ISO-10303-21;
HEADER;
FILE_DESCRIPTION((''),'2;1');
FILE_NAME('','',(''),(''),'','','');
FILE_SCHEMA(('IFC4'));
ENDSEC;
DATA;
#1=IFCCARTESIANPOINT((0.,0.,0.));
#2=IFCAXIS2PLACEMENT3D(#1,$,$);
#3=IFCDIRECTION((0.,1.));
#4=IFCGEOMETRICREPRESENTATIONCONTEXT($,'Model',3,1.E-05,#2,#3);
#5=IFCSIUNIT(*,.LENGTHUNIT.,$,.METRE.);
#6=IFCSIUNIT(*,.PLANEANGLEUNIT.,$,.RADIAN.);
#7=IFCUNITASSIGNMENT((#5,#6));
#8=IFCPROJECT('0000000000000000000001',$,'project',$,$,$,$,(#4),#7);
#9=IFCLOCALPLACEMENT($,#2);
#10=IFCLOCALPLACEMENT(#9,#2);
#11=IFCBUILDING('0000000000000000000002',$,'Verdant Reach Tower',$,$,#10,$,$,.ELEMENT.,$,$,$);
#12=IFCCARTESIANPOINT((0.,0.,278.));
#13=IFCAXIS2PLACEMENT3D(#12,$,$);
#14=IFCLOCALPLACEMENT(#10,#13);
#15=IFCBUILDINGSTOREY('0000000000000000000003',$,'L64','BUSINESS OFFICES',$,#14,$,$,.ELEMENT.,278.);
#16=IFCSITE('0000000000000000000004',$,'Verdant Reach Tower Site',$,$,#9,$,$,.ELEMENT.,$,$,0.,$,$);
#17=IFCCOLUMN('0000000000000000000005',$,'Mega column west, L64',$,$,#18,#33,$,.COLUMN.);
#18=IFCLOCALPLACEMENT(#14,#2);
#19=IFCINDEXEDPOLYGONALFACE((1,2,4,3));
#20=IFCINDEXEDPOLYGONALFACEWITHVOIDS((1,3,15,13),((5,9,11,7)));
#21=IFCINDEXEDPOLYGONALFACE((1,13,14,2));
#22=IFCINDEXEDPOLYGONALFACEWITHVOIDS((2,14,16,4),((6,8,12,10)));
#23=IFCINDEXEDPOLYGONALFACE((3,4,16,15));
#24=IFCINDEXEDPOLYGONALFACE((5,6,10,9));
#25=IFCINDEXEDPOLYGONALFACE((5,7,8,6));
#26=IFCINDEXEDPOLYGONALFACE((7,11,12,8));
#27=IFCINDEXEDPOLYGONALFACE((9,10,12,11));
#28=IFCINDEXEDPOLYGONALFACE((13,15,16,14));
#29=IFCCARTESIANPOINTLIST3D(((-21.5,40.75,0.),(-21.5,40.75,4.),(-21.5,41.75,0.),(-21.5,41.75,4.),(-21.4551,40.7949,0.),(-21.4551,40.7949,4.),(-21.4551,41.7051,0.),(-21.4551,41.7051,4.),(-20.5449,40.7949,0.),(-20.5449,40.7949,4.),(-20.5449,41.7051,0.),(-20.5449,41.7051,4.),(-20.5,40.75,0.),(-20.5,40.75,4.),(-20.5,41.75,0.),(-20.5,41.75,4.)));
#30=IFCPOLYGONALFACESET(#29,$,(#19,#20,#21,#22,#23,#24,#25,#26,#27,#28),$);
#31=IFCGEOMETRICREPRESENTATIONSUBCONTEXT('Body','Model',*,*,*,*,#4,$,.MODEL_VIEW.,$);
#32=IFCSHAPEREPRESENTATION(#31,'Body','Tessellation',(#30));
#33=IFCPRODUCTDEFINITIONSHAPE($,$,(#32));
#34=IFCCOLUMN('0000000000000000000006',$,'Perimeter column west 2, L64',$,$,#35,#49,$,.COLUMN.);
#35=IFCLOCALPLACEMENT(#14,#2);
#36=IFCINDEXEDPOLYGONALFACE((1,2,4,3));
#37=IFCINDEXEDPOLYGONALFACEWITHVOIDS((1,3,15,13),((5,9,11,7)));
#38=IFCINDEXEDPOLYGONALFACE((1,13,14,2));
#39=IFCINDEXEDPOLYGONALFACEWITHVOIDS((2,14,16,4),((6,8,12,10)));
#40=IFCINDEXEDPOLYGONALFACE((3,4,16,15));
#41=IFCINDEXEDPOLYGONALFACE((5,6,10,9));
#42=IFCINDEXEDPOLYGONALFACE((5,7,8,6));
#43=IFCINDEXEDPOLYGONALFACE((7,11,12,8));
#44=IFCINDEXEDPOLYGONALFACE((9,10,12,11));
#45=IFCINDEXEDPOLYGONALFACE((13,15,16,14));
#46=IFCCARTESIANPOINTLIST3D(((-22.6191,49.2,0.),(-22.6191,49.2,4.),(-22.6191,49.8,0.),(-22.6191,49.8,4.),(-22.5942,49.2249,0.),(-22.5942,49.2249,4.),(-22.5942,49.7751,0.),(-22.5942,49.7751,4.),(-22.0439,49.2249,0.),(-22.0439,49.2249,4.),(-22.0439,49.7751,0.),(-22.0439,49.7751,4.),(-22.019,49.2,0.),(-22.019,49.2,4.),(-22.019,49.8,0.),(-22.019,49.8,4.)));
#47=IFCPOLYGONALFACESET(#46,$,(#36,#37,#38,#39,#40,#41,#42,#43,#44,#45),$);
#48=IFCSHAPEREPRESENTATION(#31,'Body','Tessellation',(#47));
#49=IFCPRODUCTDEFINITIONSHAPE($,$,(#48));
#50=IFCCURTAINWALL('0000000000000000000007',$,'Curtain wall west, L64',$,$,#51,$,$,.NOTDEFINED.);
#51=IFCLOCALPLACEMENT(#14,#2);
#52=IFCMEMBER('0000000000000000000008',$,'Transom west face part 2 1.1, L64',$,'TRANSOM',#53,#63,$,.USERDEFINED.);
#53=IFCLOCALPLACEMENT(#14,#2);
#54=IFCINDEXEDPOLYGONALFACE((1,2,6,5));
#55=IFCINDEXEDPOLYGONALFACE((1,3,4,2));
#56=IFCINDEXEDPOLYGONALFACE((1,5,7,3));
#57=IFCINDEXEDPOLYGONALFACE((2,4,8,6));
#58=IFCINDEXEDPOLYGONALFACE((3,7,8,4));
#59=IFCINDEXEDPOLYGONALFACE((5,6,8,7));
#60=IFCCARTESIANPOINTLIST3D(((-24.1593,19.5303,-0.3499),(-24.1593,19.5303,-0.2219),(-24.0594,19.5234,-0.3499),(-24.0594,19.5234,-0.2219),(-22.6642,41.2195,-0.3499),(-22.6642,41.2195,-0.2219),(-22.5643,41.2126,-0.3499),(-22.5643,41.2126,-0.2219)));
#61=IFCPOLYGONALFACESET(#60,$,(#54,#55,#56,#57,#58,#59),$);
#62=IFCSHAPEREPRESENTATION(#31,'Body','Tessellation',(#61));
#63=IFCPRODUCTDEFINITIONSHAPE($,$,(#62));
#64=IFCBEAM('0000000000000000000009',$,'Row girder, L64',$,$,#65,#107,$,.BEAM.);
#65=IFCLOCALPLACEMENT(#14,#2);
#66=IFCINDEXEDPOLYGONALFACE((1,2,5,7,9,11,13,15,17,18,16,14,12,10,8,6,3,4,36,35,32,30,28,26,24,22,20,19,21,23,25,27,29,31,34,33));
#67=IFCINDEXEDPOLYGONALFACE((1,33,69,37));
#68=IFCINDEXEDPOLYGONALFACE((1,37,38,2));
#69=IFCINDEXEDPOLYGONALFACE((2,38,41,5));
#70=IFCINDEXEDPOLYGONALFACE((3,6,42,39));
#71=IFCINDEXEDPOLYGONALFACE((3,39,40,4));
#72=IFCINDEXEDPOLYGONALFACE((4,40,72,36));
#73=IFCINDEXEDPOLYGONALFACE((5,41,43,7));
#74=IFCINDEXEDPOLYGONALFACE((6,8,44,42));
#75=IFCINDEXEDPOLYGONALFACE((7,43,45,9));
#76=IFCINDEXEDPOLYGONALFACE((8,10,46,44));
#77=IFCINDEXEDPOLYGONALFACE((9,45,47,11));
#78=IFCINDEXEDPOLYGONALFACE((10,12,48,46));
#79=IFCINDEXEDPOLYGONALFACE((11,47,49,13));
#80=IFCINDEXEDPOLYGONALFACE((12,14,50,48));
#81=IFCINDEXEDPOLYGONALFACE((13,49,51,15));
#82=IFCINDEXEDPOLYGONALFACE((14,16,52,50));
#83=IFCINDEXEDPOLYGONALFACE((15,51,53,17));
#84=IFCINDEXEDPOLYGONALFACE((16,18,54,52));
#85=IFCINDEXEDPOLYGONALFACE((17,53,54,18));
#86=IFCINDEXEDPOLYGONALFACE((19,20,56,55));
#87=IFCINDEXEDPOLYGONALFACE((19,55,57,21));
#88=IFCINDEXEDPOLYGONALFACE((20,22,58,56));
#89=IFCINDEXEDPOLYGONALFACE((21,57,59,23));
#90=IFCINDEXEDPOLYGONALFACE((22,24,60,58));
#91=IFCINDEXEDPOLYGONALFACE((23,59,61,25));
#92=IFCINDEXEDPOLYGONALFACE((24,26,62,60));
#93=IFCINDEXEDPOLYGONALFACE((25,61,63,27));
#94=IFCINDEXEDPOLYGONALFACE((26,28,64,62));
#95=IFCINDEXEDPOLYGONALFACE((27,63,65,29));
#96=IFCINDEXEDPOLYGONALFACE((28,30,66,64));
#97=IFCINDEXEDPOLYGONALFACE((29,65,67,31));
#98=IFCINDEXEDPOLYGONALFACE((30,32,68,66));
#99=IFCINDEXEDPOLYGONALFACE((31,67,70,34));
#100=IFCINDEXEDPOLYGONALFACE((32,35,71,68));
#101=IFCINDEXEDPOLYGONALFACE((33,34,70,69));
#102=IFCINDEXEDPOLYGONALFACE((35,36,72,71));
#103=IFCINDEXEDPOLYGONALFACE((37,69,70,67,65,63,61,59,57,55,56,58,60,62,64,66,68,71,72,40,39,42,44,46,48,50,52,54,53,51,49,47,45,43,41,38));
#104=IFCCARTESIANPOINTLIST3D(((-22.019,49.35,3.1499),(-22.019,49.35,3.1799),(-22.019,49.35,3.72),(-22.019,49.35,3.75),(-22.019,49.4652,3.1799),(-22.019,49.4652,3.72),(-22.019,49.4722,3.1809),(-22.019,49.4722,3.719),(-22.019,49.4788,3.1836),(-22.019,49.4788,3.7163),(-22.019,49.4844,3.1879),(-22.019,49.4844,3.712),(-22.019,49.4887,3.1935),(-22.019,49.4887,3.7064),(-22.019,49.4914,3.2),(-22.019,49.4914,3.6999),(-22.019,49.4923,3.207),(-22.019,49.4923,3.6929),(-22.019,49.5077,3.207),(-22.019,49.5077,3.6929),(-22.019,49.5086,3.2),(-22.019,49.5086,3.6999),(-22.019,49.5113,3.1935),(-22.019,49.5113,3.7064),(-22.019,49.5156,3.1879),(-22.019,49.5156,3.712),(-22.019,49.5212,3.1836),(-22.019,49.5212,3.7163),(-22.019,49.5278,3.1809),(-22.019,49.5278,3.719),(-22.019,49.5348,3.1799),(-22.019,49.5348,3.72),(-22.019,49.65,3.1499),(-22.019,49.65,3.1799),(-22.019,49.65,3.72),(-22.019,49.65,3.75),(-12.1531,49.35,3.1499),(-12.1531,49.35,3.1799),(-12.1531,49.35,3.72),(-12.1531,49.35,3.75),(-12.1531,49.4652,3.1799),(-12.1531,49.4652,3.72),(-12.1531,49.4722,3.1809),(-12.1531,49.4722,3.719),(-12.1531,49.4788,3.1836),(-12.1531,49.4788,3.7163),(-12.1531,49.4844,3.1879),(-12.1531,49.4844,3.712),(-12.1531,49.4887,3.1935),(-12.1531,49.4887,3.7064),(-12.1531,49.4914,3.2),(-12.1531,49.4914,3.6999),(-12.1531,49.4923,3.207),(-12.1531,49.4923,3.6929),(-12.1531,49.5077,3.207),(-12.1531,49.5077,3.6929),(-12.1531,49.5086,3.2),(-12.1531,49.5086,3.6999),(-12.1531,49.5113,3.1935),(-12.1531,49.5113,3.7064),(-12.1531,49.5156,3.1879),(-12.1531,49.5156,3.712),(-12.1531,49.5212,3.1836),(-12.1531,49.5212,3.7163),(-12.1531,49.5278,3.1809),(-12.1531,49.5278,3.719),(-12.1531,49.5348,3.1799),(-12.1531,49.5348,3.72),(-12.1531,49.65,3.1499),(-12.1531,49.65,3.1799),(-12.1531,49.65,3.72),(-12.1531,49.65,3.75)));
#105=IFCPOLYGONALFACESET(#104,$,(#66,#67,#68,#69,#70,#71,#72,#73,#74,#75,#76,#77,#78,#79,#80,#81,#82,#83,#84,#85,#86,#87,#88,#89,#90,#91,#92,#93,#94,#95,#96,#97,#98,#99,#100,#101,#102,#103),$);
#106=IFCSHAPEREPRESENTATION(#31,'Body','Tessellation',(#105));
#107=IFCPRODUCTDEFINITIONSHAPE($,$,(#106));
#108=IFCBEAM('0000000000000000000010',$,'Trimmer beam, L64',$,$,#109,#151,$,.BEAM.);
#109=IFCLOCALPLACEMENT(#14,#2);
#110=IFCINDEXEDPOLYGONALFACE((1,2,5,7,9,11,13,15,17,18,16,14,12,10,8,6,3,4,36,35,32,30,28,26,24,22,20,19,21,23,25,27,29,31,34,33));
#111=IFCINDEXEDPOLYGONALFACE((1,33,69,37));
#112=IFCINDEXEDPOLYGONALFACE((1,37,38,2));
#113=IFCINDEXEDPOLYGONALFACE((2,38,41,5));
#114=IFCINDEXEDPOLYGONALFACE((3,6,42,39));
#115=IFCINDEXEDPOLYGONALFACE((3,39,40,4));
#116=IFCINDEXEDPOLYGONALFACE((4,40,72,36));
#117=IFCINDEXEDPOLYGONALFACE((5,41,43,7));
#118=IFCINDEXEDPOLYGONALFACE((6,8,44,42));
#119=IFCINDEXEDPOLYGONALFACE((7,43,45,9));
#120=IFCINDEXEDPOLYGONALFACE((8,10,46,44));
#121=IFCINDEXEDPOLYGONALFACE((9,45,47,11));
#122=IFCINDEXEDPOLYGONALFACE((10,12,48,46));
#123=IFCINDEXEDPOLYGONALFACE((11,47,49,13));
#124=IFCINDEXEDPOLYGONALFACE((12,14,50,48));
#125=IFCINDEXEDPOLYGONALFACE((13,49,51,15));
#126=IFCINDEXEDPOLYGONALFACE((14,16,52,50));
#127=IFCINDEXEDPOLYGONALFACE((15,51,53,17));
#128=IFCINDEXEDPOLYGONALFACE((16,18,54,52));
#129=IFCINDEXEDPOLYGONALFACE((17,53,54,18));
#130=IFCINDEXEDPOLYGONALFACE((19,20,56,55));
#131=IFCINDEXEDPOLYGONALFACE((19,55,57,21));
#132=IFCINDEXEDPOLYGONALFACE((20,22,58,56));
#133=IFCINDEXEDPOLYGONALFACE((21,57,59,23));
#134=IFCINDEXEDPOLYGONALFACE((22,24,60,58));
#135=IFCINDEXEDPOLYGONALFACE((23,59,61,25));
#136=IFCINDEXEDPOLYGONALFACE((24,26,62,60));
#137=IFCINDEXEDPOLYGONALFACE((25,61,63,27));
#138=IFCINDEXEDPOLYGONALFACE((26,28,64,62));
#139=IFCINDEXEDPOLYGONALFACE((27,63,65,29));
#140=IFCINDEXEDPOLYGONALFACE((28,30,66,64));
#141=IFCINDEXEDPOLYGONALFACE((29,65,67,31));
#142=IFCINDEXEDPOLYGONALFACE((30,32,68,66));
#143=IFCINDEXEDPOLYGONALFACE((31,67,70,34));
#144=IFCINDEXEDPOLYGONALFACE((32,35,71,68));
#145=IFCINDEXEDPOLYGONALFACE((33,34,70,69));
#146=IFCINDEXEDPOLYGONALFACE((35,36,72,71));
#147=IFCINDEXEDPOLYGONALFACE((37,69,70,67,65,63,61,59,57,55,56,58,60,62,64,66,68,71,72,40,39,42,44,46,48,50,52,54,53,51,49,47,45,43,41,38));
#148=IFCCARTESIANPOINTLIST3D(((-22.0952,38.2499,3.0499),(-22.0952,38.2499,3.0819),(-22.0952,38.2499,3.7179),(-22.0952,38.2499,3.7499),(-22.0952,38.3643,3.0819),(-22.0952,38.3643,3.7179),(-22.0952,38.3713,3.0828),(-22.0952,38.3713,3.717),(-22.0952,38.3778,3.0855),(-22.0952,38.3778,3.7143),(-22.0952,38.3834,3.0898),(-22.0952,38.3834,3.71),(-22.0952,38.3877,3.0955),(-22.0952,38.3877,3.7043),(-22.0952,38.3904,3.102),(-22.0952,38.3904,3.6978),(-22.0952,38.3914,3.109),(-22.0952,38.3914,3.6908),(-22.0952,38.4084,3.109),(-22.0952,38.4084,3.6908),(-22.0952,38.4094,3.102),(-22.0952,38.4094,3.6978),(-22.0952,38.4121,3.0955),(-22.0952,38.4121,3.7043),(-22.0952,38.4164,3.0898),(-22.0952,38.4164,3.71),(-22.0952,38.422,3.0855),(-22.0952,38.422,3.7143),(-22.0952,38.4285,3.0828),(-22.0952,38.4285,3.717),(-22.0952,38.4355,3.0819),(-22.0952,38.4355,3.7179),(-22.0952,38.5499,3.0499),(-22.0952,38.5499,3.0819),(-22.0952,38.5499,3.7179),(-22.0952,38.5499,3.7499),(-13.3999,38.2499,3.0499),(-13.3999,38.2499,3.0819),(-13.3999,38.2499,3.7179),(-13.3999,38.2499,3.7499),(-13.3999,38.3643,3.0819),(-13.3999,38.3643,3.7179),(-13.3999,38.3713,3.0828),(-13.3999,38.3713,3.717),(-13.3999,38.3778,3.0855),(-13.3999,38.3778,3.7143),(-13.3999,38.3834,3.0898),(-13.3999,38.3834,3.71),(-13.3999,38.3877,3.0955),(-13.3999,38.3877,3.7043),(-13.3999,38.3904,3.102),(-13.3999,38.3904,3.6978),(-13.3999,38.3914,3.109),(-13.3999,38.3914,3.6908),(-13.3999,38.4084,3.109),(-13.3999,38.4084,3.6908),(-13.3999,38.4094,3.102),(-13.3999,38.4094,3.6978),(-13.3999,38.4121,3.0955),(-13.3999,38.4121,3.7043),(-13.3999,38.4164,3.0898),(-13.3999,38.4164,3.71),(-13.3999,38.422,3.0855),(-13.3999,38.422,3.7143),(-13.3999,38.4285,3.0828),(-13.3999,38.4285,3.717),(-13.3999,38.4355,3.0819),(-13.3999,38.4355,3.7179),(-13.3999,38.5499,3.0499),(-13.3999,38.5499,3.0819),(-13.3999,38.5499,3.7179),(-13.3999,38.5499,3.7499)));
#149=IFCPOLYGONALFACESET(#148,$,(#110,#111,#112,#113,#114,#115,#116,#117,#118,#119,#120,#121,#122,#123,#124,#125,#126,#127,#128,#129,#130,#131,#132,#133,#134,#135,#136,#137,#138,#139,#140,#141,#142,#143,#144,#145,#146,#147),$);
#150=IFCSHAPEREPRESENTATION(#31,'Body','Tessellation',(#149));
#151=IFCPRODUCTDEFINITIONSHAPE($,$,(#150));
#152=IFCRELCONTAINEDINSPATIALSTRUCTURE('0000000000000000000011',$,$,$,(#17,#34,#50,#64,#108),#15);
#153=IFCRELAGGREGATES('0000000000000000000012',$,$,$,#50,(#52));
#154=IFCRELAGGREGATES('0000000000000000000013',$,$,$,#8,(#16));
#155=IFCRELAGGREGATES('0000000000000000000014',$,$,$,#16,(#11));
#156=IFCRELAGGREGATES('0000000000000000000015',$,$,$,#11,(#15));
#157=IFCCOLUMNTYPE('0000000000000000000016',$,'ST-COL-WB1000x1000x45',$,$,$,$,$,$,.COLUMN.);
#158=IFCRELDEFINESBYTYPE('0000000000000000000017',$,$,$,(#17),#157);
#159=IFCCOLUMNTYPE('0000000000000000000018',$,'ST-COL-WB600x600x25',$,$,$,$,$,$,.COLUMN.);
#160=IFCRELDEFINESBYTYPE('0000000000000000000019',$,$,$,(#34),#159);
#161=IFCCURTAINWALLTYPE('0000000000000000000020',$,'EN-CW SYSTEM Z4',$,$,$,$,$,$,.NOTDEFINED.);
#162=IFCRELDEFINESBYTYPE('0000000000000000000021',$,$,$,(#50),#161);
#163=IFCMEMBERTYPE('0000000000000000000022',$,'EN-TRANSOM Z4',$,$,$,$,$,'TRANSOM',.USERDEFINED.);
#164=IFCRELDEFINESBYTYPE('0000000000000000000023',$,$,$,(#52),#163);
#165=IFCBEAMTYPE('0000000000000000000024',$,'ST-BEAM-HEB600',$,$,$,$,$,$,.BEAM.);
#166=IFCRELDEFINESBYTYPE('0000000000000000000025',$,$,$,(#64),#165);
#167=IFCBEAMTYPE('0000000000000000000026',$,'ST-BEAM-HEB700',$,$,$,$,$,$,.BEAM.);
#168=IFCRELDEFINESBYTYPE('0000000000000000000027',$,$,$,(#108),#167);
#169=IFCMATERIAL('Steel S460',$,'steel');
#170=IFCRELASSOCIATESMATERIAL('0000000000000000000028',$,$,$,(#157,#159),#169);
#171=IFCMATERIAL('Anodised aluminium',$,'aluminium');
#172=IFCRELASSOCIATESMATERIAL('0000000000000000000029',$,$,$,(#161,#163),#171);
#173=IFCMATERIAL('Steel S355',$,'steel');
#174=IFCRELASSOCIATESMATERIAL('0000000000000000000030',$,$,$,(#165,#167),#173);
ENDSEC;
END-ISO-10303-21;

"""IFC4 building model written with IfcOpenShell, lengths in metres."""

from ifc_helpers import new_model, si_unit, direction, frame, origin, origin_2d, place, context, subcontext, project, spatial, rectangle, hollow_rectangle, i_section, extrude, material, material_profile, profile_set, type_object, element, aggregate, save


model = new_model("IFC4")

# Units and contexts
model_context = context("Model", 3, precision=1e-05, world=origin(), true_north=direction((0.0, 1.0)))
body_context = subcontext(model_context, "Body", "Model", "MODEL_VIEW")
ifc_project = project(units=[si_unit("LENGTHUNIT", "METRE"), si_unit("PLANEANGLEUNIT", "RADIAN")], contexts=[model_context])

# Site, building, storey
site_placement = place(None, origin())
site = spatial("IfcSite", under=ifc_project, at=site_placement, Name="Verdant Reach Tower Site", CompositionType="ELEMENT", RefElevation=0.0)
building_placement = place(site_placement, origin())
building = spatial("IfcBuilding", under=site, at=building_placement, Name="Verdant Reach Tower", CompositionType="ELEMENT")
storey_placement = place(building_placement, frame((0.0, 0.0, 278.0)))
storey = spatial("IfcBuildingStorey", under=building, at=storey_placement, Name="L64", Description="BUSINESS OFFICES", CompositionType="ELEMENT", Elevation=278.0)

# Columns
ifc_material_1 = material(Name="Steel S460", Category="steel")
ifc_material_profile_1 = material_profile(ifc_material_1, hollow_rectangle(XDim=1.0, YDim=1.0, WallThickness=0.0449, at=origin_2d()), Name="WB 1000x1000x45")
ifc_profile_set_1 = profile_set([ifc_material_profile_1], Name="Steel S460")
column_type_1 = type_object("IfcColumnType", Name="ST-COL-WB1000x1000x45", PredefinedType="COLUMN", material=ifc_profile_set_1)
column_1_placement = place(storey_placement, frame((-21.0, 41.25, 0.0), z_axis=(0.0, 0.0, 1.0), x_axis=(1.0, 0.0, 0.0)))
element("IfcColumn", 1, at=column_1_placement, inside=storey, type_object=column_type_1, Name="Mega column west, L64", PredefinedType="COLUMN", context=body_context, shape_type="SweptSolid", body=[
    extrude(hollow_rectangle(XDim=1.0, YDim=1.0, WallThickness=0.0449, at=origin_2d()), origin(), (0.0, 0.0, 1.0), 4.0),
])
ifc_material_profile_2 = material_profile(ifc_material_1, hollow_rectangle(XDim=0.6001, YDim=0.6001, WallThickness=0.0249, at=origin_2d()), Name="WB 600x600x25")
ifc_profile_set_2 = profile_set([ifc_material_profile_2], Name="Steel S460")
column_type_2 = type_object("IfcColumnType", Name="ST-COL-WB600x600x25", PredefinedType="COLUMN", material=ifc_profile_set_2)
column_2_placement = place(storey_placement, frame((-22.3191, 49.5, 0.0), z_axis=(0.0, 0.0, 1.0), x_axis=(1.0, 0.0, 0.0)))
element("IfcColumn", 2, at=column_2_placement, inside=storey, type_object=column_type_2, Name="Perimeter column west 2, L64", PredefinedType="COLUMN", context=body_context, shape_type="SweptSolid", body=[
    extrude(hollow_rectangle(XDim=0.6001, YDim=0.6001, WallThickness=0.0249, at=origin_2d()), origin(), (0.0, 0.0, 1.0), 4.0),
])

# Curtain wall, member
ifc_material_2 = material(Name="Anodised aluminium", Category="aluminium")
curtain_wall_type = type_object("IfcCurtainWallType", Name="EN-CW SYSTEM Z4", PredefinedType="NOTDEFINED", material=ifc_material_2)
curtain_wall_placement = place(storey_placement, origin())
curtain_wall = element("IfcCurtainWall", 3, at=curtain_wall_placement, inside=storey, type_object=curtain_wall_type, Name="Curtain wall west, L64", PredefinedType="NOTDEFINED")
ifc_material_profile_3 = material_profile(ifc_material_2, rectangle(XDim=0.1001, YDim=0.1279, at=origin_2d()), Name="Transom 128x100")
ifc_profile_set_3 = profile_set([ifc_material_profile_3], Name="Anodised aluminium")
member_type = type_object("IfcMemberType", Name="EN-TRANSOM Z4", ElementType="TRANSOM", PredefinedType="USERDEFINED", material=ifc_profile_set_3)
member_placement = place(storey_placement, frame((-22.6143, 41.2161, -0.2859), z_axis=(-0.06877, -0.997633, 0.0), x_axis=(0.997633, -0.06877, 0.0)))
member = element("IfcMember", 4, at=member_placement, type_object=member_type, Name="Transom west face part 2 1.1, L64", ObjectType="TRANSOM", PredefinedType="USERDEFINED", context=body_context, shape_type="SweptSolid", body=[
    extrude(rectangle(XDim=0.1001, YDim=0.1279, at=origin_2d()), origin(), (0.0, 0.0, 1.0), 21.7407),
])

# Beams
ifc_material_3 = material(Name="Steel S355", Category="steel")
ifc_material_profile_4 = material_profile(ifc_material_3, i_section(OverallWidth=0.3, OverallDepth=0.6001, WebThickness=0.0154, FlangeThickness=0.03, FilletRadius=0.0271, at=origin_2d()), Name="HEB 600")
ifc_profile_set_4 = profile_set([ifc_material_profile_4], Name="Steel S355")
beam_type_1 = type_object("IfcBeamType", Name="ST-BEAM-HEB600", PredefinedType="BEAM", material=ifc_profile_set_4)
beam_1_placement = place(storey_placement, frame((-22.019, 49.5, 3.45), z_axis=(1.0, 0.0, 0.0), x_axis=(0.0, 1.0, 0.0)))
element("IfcBeam", 5, at=beam_1_placement, inside=storey, type_object=beam_type_1, Name="Row girder, L64", PredefinedType="BEAM", context=body_context, shape_type="SweptSolid", body=[
    extrude(i_section(OverallWidth=0.3, OverallDepth=0.6001, WebThickness=0.0154, FlangeThickness=0.03, FilletRadius=0.0271, at=origin_2d()), origin(), (0.0, 0.0, 1.0), 9.866),
])
ifc_material_profile_5 = material_profile(ifc_material_3, i_section(OverallWidth=0.3, OverallDepth=0.7, WebThickness=0.0171, FlangeThickness=0.032, FilletRadius=0.0271, at=origin_2d()), Name="HEB 700")
ifc_profile_set_5 = profile_set([ifc_material_profile_5], Name="Steel S355")
beam_type_2 = type_object("IfcBeamType", Name="ST-BEAM-HEB700", PredefinedType="BEAM", material=ifc_profile_set_5)
beam_2_placement = place(storey_placement, frame((-13.3999, 38.3999, 3.3999), z_axis=(-1.0, 0.0, 0.0), x_axis=(0.0, -1.0, 0.0)))
element("IfcBeam", 6, at=beam_2_placement, inside=storey, type_object=beam_type_2, Name="Trimmer beam, L64", PredefinedType="BEAM", context=body_context, shape_type="SweptSolid", body=[
    extrude(i_section(OverallWidth=0.3, OverallDepth=0.7, WebThickness=0.0171, FlangeThickness=0.032, FilletRadius=0.0271, at=origin_2d()), origin(), (0.0, 0.0, 1.0), 8.6953),
])

aggregate(curtain_wall, [member])

save(model, "model.ifc")
